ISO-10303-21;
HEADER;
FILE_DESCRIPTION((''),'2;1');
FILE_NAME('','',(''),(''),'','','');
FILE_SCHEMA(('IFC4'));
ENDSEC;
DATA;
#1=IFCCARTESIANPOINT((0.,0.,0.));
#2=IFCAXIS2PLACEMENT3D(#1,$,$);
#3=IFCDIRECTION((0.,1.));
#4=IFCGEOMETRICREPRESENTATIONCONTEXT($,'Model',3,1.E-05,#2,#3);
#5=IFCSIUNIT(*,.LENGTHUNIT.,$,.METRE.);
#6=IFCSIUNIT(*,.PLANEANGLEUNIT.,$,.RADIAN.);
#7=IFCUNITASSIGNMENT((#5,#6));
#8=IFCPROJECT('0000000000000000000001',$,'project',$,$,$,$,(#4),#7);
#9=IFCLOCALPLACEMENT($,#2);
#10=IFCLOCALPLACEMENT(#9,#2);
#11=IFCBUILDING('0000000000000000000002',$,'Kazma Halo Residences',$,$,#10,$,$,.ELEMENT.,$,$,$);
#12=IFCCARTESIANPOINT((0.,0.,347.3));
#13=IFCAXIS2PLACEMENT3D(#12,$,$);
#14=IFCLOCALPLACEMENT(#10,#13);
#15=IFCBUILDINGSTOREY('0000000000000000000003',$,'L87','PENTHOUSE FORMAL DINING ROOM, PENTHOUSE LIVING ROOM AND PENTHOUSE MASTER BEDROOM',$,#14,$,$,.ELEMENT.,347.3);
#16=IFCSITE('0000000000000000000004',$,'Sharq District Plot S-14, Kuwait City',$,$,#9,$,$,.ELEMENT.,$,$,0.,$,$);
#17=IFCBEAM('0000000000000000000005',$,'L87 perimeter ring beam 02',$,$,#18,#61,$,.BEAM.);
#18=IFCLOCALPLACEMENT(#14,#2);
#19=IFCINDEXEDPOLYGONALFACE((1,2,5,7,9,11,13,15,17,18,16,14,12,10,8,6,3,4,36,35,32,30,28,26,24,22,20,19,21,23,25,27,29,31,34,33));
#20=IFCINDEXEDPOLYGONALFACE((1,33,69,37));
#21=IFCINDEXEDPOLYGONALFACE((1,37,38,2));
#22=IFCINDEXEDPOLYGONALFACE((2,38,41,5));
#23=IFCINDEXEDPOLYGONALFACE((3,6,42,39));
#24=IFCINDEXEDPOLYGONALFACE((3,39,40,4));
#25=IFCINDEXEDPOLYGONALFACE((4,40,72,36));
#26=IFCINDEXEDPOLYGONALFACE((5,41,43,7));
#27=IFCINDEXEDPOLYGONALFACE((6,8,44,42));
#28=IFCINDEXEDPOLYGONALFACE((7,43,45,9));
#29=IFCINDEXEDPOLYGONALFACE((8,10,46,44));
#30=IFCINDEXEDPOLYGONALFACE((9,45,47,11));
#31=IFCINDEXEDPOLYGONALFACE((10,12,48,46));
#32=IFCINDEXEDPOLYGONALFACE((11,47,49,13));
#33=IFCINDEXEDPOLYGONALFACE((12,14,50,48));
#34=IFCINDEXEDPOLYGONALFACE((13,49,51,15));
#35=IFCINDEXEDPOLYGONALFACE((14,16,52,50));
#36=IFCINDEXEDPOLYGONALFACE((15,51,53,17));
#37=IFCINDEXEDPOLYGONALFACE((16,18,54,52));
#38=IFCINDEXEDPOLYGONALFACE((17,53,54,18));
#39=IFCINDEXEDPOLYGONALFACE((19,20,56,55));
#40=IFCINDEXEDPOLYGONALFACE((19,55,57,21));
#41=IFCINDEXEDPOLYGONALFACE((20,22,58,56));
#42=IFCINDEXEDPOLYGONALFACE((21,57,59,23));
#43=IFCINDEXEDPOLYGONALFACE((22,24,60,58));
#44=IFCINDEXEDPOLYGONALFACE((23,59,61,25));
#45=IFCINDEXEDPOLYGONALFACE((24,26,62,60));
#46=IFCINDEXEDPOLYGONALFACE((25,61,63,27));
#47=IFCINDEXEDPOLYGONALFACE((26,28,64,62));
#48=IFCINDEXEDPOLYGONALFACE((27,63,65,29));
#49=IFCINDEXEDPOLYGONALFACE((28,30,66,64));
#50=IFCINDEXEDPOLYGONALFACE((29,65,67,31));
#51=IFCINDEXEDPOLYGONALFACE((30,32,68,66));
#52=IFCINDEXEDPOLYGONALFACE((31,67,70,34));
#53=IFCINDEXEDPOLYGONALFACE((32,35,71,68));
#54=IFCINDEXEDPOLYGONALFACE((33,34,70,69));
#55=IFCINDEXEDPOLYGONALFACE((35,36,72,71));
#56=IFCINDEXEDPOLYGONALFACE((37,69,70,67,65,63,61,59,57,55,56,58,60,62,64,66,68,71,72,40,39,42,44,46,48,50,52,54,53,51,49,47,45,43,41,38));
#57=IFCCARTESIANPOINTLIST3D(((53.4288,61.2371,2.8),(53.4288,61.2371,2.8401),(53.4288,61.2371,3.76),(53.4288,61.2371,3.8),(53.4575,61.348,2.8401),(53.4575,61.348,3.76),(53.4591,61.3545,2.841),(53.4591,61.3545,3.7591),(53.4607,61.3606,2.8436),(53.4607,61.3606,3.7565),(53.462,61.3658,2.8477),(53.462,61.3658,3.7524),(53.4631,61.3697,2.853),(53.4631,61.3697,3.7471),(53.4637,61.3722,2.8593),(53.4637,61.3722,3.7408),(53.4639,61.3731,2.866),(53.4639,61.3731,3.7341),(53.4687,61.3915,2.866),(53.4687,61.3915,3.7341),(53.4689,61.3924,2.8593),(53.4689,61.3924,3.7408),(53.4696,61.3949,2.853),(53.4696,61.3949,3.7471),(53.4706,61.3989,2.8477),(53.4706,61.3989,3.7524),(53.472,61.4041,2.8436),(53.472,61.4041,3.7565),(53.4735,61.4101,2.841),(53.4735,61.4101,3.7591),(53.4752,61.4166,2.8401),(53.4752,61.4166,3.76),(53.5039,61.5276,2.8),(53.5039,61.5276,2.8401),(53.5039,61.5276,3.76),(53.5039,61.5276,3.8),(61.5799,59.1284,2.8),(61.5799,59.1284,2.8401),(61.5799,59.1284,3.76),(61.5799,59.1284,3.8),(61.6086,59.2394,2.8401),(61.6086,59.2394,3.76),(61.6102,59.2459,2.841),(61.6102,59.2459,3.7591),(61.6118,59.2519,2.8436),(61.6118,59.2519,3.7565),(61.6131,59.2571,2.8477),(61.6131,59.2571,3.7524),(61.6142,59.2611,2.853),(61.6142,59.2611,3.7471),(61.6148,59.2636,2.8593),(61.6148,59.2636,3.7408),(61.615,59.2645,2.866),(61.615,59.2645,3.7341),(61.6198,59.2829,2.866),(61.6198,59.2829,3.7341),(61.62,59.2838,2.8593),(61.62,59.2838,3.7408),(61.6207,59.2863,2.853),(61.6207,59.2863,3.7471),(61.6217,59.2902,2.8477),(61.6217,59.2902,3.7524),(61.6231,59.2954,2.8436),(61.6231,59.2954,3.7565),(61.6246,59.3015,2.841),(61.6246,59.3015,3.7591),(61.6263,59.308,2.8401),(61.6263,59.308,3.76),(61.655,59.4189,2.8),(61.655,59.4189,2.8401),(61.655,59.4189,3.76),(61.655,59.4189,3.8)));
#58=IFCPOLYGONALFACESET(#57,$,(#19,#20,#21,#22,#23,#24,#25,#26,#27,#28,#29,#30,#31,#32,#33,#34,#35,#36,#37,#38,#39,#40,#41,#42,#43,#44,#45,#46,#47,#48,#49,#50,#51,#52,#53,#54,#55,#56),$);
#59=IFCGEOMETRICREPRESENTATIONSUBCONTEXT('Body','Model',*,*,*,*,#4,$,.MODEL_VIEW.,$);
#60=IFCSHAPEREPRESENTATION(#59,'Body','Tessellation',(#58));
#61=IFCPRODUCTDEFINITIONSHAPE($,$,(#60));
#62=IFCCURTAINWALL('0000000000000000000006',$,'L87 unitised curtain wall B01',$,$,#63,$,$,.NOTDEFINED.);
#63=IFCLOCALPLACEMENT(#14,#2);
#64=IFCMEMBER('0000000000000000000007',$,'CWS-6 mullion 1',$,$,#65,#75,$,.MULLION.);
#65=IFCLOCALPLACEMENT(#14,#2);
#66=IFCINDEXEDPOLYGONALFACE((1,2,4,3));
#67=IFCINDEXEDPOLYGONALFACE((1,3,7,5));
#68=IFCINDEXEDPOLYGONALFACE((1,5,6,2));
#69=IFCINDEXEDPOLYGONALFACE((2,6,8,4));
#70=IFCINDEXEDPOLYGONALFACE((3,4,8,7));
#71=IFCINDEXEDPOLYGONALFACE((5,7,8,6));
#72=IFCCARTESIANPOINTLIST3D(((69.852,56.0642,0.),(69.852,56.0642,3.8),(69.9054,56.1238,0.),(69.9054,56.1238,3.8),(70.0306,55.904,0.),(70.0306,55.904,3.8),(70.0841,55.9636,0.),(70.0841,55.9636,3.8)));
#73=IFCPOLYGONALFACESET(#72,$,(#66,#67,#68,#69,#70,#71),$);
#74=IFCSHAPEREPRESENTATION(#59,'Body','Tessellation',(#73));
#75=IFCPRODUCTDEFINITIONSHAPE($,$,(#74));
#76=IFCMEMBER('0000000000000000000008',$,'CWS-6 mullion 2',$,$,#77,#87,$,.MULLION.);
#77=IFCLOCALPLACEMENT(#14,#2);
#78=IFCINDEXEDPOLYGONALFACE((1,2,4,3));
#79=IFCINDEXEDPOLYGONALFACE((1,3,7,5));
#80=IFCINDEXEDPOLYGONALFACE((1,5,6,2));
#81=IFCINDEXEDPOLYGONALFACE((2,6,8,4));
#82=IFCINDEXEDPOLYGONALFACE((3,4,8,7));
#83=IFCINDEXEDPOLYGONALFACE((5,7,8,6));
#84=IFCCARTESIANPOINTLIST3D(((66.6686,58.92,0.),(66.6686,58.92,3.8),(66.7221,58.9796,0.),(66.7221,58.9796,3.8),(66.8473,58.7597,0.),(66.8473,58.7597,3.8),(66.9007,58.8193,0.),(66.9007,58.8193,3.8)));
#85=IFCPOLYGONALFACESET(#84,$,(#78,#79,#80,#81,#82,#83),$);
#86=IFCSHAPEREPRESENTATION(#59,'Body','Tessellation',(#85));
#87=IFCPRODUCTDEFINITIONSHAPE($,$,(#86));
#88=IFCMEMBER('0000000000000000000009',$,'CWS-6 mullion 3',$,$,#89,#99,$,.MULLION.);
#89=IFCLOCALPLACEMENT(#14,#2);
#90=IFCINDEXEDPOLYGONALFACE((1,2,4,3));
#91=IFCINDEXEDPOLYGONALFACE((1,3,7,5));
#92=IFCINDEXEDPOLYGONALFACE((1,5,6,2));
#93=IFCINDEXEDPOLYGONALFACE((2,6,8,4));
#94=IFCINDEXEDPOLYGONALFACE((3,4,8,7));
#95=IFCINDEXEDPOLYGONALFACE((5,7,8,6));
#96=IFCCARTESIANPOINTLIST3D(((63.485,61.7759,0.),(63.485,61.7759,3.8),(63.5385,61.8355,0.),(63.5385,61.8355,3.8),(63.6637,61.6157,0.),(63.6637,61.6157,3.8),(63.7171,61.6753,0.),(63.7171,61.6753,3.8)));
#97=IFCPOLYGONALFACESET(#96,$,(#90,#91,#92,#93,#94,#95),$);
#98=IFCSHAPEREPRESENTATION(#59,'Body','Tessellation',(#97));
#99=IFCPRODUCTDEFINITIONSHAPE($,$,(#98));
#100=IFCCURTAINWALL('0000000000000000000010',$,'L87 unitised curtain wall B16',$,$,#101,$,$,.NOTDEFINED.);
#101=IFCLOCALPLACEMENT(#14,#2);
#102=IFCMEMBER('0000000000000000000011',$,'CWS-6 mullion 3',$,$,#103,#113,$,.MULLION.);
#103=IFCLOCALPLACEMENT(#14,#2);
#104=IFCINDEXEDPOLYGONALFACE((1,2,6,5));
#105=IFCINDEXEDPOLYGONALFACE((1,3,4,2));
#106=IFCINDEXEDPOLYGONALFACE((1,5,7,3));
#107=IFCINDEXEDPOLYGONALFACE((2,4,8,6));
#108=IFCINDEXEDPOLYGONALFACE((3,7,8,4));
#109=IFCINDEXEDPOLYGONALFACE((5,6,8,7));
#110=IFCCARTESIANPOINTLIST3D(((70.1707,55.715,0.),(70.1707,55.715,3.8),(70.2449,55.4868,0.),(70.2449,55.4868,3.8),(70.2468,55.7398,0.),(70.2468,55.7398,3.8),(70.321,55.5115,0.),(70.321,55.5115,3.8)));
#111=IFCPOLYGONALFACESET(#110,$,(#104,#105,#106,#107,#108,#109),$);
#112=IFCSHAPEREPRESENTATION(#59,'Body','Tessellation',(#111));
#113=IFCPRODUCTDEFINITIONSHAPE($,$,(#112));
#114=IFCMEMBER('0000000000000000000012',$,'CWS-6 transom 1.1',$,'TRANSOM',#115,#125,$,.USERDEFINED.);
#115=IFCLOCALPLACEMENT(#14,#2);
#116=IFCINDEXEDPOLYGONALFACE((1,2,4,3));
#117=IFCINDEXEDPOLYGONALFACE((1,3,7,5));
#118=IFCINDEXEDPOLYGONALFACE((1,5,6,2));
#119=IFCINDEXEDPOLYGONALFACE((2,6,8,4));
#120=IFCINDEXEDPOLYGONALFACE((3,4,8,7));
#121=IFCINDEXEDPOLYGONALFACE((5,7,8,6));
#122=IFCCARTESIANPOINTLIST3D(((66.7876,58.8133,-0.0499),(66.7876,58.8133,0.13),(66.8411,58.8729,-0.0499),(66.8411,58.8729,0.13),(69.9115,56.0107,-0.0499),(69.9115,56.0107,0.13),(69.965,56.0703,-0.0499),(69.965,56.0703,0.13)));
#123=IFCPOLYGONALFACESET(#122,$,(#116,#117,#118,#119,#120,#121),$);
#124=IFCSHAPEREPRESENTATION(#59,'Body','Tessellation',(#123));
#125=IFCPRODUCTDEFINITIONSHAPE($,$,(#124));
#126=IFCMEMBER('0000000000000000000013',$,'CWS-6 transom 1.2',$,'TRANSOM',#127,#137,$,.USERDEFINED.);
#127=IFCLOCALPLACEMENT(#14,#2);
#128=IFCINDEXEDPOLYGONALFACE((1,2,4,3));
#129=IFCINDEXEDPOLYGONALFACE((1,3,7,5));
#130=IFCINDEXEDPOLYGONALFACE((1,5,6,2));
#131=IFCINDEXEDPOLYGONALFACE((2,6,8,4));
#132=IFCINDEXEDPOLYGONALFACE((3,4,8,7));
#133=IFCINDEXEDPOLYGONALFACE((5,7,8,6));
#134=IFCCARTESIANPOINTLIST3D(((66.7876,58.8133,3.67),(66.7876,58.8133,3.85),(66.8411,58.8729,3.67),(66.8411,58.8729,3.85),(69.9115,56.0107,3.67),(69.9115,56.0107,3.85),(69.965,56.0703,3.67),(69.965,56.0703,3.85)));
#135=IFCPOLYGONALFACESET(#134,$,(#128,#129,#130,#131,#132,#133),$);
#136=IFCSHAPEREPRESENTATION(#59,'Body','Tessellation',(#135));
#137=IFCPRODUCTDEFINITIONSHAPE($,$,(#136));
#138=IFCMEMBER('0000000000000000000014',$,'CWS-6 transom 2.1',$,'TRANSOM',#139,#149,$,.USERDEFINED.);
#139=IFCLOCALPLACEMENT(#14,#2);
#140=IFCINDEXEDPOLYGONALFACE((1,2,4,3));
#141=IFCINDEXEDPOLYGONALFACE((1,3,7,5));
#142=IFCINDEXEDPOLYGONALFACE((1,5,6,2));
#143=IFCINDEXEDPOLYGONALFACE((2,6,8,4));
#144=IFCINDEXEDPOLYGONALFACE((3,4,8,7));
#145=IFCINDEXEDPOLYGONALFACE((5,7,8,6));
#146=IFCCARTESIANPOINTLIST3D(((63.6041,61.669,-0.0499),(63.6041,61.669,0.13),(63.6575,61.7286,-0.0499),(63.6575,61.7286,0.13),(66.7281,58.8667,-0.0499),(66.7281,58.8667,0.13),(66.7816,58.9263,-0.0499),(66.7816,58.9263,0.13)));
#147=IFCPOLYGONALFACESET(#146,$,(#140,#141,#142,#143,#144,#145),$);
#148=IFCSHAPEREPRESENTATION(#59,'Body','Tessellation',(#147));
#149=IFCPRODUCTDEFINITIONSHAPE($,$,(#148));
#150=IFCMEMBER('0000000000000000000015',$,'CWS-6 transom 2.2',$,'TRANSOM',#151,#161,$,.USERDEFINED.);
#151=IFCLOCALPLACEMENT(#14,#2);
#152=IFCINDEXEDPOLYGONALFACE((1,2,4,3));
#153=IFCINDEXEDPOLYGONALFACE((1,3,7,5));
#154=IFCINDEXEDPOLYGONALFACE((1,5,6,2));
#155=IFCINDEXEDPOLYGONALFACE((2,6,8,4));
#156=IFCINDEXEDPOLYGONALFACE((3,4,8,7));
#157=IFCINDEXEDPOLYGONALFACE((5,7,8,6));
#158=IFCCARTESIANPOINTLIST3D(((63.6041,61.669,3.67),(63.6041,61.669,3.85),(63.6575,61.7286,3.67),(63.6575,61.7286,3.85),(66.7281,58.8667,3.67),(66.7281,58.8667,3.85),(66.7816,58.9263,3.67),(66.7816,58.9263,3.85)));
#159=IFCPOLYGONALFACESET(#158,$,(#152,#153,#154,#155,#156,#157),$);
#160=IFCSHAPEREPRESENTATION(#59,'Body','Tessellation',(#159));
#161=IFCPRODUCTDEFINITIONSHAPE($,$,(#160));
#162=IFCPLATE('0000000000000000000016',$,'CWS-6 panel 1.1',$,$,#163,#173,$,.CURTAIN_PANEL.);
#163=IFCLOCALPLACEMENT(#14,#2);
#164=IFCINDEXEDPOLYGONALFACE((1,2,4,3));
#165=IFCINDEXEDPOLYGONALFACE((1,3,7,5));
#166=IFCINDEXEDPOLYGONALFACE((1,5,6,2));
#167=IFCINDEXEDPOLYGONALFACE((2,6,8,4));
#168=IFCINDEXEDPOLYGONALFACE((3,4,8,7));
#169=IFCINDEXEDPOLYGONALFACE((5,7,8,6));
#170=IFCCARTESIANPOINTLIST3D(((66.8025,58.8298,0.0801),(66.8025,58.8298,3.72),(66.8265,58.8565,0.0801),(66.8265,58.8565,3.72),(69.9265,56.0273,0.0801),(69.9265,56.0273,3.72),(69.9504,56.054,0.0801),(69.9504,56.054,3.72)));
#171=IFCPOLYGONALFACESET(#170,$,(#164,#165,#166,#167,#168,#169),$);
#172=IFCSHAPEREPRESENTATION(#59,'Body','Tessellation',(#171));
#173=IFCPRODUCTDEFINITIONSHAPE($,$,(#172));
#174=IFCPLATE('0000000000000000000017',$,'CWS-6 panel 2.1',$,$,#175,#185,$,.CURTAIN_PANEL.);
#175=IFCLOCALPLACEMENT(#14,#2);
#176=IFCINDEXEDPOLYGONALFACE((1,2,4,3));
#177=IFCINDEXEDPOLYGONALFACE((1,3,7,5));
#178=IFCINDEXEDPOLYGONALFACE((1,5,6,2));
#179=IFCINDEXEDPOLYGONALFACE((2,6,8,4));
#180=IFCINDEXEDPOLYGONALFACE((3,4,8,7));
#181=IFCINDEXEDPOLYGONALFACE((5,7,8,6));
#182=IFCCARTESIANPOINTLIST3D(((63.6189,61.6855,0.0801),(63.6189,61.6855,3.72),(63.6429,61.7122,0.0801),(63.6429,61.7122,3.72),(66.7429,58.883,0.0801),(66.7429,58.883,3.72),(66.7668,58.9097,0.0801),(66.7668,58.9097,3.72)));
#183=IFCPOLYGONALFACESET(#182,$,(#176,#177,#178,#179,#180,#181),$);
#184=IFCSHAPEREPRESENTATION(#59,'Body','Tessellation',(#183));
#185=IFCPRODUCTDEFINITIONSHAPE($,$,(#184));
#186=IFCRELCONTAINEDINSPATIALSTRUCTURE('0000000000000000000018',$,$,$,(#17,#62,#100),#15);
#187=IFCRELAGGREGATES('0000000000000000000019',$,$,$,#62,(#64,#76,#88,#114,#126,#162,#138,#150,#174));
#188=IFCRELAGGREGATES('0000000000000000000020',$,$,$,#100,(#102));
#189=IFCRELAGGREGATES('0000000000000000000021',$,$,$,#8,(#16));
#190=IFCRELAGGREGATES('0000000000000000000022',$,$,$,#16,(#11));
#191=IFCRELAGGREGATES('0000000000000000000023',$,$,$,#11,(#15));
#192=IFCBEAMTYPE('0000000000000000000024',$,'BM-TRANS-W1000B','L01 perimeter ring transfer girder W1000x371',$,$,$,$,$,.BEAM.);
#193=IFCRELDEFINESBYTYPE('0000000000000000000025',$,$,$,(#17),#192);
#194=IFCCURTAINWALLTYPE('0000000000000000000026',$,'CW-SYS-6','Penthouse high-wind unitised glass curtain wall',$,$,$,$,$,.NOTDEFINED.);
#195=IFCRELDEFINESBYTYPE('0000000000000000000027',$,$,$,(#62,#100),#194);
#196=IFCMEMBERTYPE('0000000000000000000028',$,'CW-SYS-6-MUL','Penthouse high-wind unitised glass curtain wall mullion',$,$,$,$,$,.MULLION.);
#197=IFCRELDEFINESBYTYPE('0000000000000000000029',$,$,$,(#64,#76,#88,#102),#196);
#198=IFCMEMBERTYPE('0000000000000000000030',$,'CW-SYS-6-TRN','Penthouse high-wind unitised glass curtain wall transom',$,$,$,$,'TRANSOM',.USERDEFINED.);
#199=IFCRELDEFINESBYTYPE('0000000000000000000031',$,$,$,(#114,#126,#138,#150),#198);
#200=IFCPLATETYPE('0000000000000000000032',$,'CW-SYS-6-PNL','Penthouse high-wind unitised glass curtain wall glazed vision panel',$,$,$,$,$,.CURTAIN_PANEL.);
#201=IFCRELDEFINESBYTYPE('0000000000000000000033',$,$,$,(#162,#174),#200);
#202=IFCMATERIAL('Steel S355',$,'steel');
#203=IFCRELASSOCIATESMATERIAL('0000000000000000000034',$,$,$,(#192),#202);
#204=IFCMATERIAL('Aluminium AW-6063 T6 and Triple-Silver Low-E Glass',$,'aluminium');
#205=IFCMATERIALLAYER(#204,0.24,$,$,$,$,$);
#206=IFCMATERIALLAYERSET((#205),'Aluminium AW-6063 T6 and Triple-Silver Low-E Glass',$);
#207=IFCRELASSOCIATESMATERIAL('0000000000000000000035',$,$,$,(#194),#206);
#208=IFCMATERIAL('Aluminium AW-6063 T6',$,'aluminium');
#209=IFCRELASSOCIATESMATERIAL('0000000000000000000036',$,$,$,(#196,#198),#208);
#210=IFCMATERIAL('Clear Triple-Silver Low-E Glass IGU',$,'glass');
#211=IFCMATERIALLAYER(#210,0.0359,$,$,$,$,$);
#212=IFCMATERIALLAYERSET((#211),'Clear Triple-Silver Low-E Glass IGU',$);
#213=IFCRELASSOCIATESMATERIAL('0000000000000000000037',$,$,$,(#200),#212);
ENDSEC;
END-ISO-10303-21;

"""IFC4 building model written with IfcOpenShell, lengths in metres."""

from ifc_helpers import new_model, si_unit, direction, frame, origin, origin_2d, place, context, subcontext, project, spatial, rectangle, i_section, extrude, material, layer, layer_set, material_profile, profile_set, type_object, element, aggregate, save


model = new_model("IFC4")

# Units and contexts
model_context = context("Model", 3, precision=1e-05, world=origin(), true_north=direction((0.0, 1.0)))
body_context = subcontext(model_context, "Body", "Model", "MODEL_VIEW")
ifc_project = project(units=[si_unit("LENGTHUNIT", "METRE"), si_unit("PLANEANGLEUNIT", "RADIAN")], contexts=[model_context])

# Site, building, storey
site_placement = place(None, origin())
site = spatial("IfcSite", under=ifc_project, at=site_placement, Name="Sharq District Plot S-14, Kuwait City", CompositionType="ELEMENT", RefElevation=0.0)
building_placement = place(site_placement, origin())
building = spatial("IfcBuilding", under=site, at=building_placement, Name="Kazma Halo Residences", CompositionType="ELEMENT")
storey_placement = place(building_placement, frame((0.0, 0.0, 347.3)))
storey = spatial("IfcBuildingStorey", under=building, at=storey_placement, Name="L87", Description="PENTHOUSE FORMAL DINING ROOM, PENTHOUSE LIVING ROOM AND PENTHOUSE MASTER BEDROOM", CompositionType="ELEMENT", Elevation=347.3)

# Beam
ifc_material_1 = material(Name="Steel S355", Category="steel")
ifc_material_profile_1 = material_profile(ifc_material_1, i_section(OverallWidth=0.3, OverallDepth=1.0, WebThickness=0.019, FlangeThickness=0.04, FilletRadius=0.0259, at=origin_2d()), Name="W1000x371")
ifc_profile_set_1 = profile_set([ifc_material_profile_1], Name="Steel S355")
beam_type_1 = type_object("IfcBeamType", Name="BM-TRANS-W1000B", Description="L01 perimeter ring transfer girder W1000x371", PredefinedType="BEAM", material=ifc_profile_set_1)
beam_1_placement = place(storey_placement, frame((61.6174, 59.2737, 3.3), z_axis=(-0.96813, 0.250449, 0.0), x_axis=(-0.250449, -0.96813, 0.0)))
element("IfcBeam", 1, at=beam_1_placement, inside=storey, type_object=beam_type_1, Name="L87 perimeter ring beam 02", PredefinedType="BEAM", context=body_context, shape_type="SweptSolid", body=[
    extrude(i_section(OverallWidth=0.3, OverallDepth=1.0, WebThickness=0.019, FlangeThickness=0.04, FilletRadius=0.0259, at=origin_2d()), origin(), (0.0, 0.0, 1.0), 8.4194),
])

# Curtain wall, members
ifc_material_2 = material(Name="Aluminium AW-6063 T6 and Triple-Silver Low-E Glass", Category="aluminium")
ifc_layer_1 = layer(ifc_material_2, 0.24)
ifc_layer_set_1 = layer_set([ifc_layer_1], Name="Aluminium AW-6063 T6 and Triple-Silver Low-E Glass")
curtain_wall_type = type_object("IfcCurtainWallType", Name="CW-SYS-6", Description="Penthouse high-wind unitised glass curtain wall", PredefinedType="NOTDEFINED", material=ifc_layer_set_1)
curtain_wall_1_placement = place(storey_placement, origin())
curtain_wall_1 = element("IfcCurtainWall", 2, at=curtain_wall_1_placement, inside=storey, type_object=curtain_wall_type, Name="L87 unitised curtain wall B01", PredefinedType="NOTDEFINED")
ifc_material_3 = material(Name="Aluminium AW-6063 T6", Category="aluminium")
ifc_material_profile_2 = material_profile(ifc_material_3, rectangle(XDim=0.0801, YDim=0.24, at=origin_2d()), Name="CWM-80x240")
ifc_profile_set_2 = profile_set([ifc_material_profile_2], Name="Aluminium AW-6063 T6")
member_type_1 = type_object("IfcMemberType", Name="CW-SYS-6-MUL", Description="Penthouse high-wind unitised glass curtain wall mullion", PredefinedType="MULLION", material=ifc_profile_set_2)
member_1_placement = place(storey_placement, frame((69.968, 56.0139, 0.0), z_axis=(0.0, 0.0, 1.0), x_axis=(-0.667758, -0.744379, 0.0)))
member_1 = element("IfcMember", 3, at=member_1_placement, type_object=member_type_1, Name="CWS-6 mullion 1", PredefinedType="MULLION", context=body_context, shape_type="SweptSolid", body=[
    extrude(rectangle(XDim=0.0801, YDim=0.24, at=origin_2d()), origin(), (0.0, 0.0, 1.0), 3.8),
])
member_2_placement = place(storey_placement, frame((66.7847, 58.8696, 0.0), z_axis=(0.0, 0.0, 1.0), x_axis=(-0.667758, -0.744379, 0.0)))
member_2 = element("IfcMember", 4, at=member_2_placement, type_object=member_type_1, Name="CWS-6 mullion 2", PredefinedType="MULLION", context=body_context, shape_type="SweptSolid", body=[
    extrude(rectangle(XDim=0.0801, YDim=0.24, at=origin_2d()), origin(), (0.0, 0.0, 1.0), 3.8),
])
member_3_placement = place(storey_placement, frame((63.6011, 61.7256, 0.0), z_axis=(0.0, 0.0, 1.0), x_axis=(-0.667758, -0.744379, 0.0)))
member_3 = element("IfcMember", 5, at=member_3_placement, type_object=member_type_1, Name="CWS-6 mullion 3", PredefinedType="MULLION", context=body_context, shape_type="SweptSolid", body=[
    extrude(rectangle(XDim=0.0801, YDim=0.24, at=origin_2d()), origin(), (0.0, 0.0, 1.0), 3.8),
])

# Curtain wall, member
curtain_wall_2_placement = place(storey_placement, origin())
curtain_wall_2 = element("IfcCurtainWall", 6, at=curtain_wall_2_placement, inside=storey, type_object=curtain_wall_type, Name="L87 unitised curtain wall B16", PredefinedType="NOTDEFINED")
member_4_placement = place(storey_placement, frame((70.2458, 55.6133, 0.0), z_axis=(0.0, 0.0, 1.0), x_axis=(-0.951056, -0.309019, 0.0)))
member_4 = element("IfcMember", 7, at=member_4_placement, type_object=member_type_1, Name="CWS-6 mullion 3", PredefinedType="MULLION", context=body_context, shape_type="SweptSolid", body=[
    extrude(rectangle(XDim=0.0801, YDim=0.24, at=origin_2d()), origin(), (0.0, 0.0, 1.0), 3.8),
])

# Members
ifc_material_profile_3 = material_profile(ifc_material_3, rectangle(XDim=0.0801, YDim=0.1799, at=origin_2d()), Name="CWT-80x180")
ifc_profile_set_3 = profile_set([ifc_material_profile_3], Name="Aluminium AW-6063 T6")
member_type_2 = type_object("IfcMemberType", Name="CW-SYS-6-TRN", Description="Penthouse high-wind unitised glass curtain wall transom", ElementType="TRANSOM", PredefinedType="USERDEFINED", material=ifc_profile_set_3)
member_5_placement = place(storey_placement, frame((69.9382, 56.0405, 0.04), z_axis=(-0.744349, 0.667791, 0.0), x_axis=(-0.667791, -0.744349, 0.0)))
member_5 = element("IfcMember", 8, at=member_5_placement, type_object=member_type_2, Name="CWS-6 transom 1.1", ObjectType="TRANSOM", PredefinedType="USERDEFINED", context=body_context, shape_type="SweptSolid", body=[
    extrude(rectangle(XDim=0.0801, YDim=0.1799, at=origin_2d()), origin(), (0.0, 0.0, 1.0), 4.1968),
])
member_6_placement = place(storey_placement, frame((69.9382, 56.0405, 3.76), z_axis=(-0.744349, 0.667791, 0.0), x_axis=(-0.667791, -0.744349, 0.0)))
member_6 = element("IfcMember", 9, at=member_6_placement, type_object=member_type_2, Name="CWS-6 transom 1.2", ObjectType="TRANSOM", PredefinedType="USERDEFINED", context=body_context, shape_type="SweptSolid", body=[
    extrude(rectangle(XDim=0.0801, YDim=0.1799, at=origin_2d()), origin(), (0.0, 0.0, 1.0), 4.1968),
])
member_7_placement = place(storey_placement, frame((66.7549, 58.8965, 0.04), z_axis=(-0.744404, 0.66773, 0.0), x_axis=(-0.66773, -0.744404, 0.0)))
member_7 = element("IfcMember", 10, at=member_7_placement, type_object=member_type_2, Name="CWS-6 transom 2.1", ObjectType="TRANSOM", PredefinedType="USERDEFINED", context=body_context, shape_type="SweptSolid", body=[
    extrude(rectangle(XDim=0.0801, YDim=0.1799, at=origin_2d()), origin(), (0.0, 0.0, 1.0), 4.1968),
])
member_8_placement = place(storey_placement, frame((66.7549, 58.8965, 3.76), z_axis=(-0.744404, 0.66773, 0.0), x_axis=(-0.66773, -0.744404, 0.0)))
member_8 = element("IfcMember", 11, at=member_8_placement, type_object=member_type_2, Name="CWS-6 transom 2.2", ObjectType="TRANSOM", PredefinedType="USERDEFINED", context=body_context, shape_type="SweptSolid", body=[
    extrude(rectangle(XDim=0.0801, YDim=0.1799, at=origin_2d()), origin(), (0.0, 0.0, 1.0), 4.1968),
])

# Plates
ifc_material_4 = material(Name="Clear Triple-Silver Low-E Glass IGU", Category="glass")
ifc_layer_2 = layer(ifc_material_4, 0.0359)
ifc_layer_set_2 = layer_set([ifc_layer_2], Name="Clear Triple-Silver Low-E Glass IGU")
plate_type = type_object("IfcPlateType", Name="CW-SYS-6-PNL", Description="Penthouse high-wind unitised glass curtain wall glazed vision panel", PredefinedType="CURTAIN_PANEL", material=ifc_layer_set_2)
plate_1_placement = place(storey_placement, frame((68.3765, 57.4419, 0.0801), z_axis=(0.0, 0.0, 1.0), x_axis=(-0.744379, 0.667758, 0.0)))
plate_1 = element("IfcPlate", 12, at=plate_1_placement, type_object=plate_type, Name="CWS-6 panel 1.1", PredefinedType="CURTAIN_PANEL", context=body_context, shape_type="SweptSolid", body=[
    extrude(rectangle(XDim=4.1968, YDim=0.0359, at=origin_2d()), origin(), (0.0, 0.0, 1.0), 3.6399),
])
plate_2_placement = place(storey_placement, frame((65.1929, 60.2976, 0.0801), z_axis=(0.0, 0.0, 1.0), x_axis=(-0.744379, 0.667758, 0.0)))
plate_2 = element("IfcPlate", 13, at=plate_2_placement, type_object=plate_type, Name="CWS-6 panel 2.1", PredefinedType="CURTAIN_PANEL", context=body_context, shape_type="SweptSolid", body=[
    extrude(rectangle(XDim=4.1968, YDim=0.0359, at=origin_2d()), origin(), (0.0, 0.0, 1.0), 3.6399),
])
aggregate(curtain_wall_1, [member_1, member_2, member_3, member_5, member_6, plate_1, member_7, member_8, plate_2])
aggregate(curtain_wall_2, [member_4])

save(model, "model.ifc")
